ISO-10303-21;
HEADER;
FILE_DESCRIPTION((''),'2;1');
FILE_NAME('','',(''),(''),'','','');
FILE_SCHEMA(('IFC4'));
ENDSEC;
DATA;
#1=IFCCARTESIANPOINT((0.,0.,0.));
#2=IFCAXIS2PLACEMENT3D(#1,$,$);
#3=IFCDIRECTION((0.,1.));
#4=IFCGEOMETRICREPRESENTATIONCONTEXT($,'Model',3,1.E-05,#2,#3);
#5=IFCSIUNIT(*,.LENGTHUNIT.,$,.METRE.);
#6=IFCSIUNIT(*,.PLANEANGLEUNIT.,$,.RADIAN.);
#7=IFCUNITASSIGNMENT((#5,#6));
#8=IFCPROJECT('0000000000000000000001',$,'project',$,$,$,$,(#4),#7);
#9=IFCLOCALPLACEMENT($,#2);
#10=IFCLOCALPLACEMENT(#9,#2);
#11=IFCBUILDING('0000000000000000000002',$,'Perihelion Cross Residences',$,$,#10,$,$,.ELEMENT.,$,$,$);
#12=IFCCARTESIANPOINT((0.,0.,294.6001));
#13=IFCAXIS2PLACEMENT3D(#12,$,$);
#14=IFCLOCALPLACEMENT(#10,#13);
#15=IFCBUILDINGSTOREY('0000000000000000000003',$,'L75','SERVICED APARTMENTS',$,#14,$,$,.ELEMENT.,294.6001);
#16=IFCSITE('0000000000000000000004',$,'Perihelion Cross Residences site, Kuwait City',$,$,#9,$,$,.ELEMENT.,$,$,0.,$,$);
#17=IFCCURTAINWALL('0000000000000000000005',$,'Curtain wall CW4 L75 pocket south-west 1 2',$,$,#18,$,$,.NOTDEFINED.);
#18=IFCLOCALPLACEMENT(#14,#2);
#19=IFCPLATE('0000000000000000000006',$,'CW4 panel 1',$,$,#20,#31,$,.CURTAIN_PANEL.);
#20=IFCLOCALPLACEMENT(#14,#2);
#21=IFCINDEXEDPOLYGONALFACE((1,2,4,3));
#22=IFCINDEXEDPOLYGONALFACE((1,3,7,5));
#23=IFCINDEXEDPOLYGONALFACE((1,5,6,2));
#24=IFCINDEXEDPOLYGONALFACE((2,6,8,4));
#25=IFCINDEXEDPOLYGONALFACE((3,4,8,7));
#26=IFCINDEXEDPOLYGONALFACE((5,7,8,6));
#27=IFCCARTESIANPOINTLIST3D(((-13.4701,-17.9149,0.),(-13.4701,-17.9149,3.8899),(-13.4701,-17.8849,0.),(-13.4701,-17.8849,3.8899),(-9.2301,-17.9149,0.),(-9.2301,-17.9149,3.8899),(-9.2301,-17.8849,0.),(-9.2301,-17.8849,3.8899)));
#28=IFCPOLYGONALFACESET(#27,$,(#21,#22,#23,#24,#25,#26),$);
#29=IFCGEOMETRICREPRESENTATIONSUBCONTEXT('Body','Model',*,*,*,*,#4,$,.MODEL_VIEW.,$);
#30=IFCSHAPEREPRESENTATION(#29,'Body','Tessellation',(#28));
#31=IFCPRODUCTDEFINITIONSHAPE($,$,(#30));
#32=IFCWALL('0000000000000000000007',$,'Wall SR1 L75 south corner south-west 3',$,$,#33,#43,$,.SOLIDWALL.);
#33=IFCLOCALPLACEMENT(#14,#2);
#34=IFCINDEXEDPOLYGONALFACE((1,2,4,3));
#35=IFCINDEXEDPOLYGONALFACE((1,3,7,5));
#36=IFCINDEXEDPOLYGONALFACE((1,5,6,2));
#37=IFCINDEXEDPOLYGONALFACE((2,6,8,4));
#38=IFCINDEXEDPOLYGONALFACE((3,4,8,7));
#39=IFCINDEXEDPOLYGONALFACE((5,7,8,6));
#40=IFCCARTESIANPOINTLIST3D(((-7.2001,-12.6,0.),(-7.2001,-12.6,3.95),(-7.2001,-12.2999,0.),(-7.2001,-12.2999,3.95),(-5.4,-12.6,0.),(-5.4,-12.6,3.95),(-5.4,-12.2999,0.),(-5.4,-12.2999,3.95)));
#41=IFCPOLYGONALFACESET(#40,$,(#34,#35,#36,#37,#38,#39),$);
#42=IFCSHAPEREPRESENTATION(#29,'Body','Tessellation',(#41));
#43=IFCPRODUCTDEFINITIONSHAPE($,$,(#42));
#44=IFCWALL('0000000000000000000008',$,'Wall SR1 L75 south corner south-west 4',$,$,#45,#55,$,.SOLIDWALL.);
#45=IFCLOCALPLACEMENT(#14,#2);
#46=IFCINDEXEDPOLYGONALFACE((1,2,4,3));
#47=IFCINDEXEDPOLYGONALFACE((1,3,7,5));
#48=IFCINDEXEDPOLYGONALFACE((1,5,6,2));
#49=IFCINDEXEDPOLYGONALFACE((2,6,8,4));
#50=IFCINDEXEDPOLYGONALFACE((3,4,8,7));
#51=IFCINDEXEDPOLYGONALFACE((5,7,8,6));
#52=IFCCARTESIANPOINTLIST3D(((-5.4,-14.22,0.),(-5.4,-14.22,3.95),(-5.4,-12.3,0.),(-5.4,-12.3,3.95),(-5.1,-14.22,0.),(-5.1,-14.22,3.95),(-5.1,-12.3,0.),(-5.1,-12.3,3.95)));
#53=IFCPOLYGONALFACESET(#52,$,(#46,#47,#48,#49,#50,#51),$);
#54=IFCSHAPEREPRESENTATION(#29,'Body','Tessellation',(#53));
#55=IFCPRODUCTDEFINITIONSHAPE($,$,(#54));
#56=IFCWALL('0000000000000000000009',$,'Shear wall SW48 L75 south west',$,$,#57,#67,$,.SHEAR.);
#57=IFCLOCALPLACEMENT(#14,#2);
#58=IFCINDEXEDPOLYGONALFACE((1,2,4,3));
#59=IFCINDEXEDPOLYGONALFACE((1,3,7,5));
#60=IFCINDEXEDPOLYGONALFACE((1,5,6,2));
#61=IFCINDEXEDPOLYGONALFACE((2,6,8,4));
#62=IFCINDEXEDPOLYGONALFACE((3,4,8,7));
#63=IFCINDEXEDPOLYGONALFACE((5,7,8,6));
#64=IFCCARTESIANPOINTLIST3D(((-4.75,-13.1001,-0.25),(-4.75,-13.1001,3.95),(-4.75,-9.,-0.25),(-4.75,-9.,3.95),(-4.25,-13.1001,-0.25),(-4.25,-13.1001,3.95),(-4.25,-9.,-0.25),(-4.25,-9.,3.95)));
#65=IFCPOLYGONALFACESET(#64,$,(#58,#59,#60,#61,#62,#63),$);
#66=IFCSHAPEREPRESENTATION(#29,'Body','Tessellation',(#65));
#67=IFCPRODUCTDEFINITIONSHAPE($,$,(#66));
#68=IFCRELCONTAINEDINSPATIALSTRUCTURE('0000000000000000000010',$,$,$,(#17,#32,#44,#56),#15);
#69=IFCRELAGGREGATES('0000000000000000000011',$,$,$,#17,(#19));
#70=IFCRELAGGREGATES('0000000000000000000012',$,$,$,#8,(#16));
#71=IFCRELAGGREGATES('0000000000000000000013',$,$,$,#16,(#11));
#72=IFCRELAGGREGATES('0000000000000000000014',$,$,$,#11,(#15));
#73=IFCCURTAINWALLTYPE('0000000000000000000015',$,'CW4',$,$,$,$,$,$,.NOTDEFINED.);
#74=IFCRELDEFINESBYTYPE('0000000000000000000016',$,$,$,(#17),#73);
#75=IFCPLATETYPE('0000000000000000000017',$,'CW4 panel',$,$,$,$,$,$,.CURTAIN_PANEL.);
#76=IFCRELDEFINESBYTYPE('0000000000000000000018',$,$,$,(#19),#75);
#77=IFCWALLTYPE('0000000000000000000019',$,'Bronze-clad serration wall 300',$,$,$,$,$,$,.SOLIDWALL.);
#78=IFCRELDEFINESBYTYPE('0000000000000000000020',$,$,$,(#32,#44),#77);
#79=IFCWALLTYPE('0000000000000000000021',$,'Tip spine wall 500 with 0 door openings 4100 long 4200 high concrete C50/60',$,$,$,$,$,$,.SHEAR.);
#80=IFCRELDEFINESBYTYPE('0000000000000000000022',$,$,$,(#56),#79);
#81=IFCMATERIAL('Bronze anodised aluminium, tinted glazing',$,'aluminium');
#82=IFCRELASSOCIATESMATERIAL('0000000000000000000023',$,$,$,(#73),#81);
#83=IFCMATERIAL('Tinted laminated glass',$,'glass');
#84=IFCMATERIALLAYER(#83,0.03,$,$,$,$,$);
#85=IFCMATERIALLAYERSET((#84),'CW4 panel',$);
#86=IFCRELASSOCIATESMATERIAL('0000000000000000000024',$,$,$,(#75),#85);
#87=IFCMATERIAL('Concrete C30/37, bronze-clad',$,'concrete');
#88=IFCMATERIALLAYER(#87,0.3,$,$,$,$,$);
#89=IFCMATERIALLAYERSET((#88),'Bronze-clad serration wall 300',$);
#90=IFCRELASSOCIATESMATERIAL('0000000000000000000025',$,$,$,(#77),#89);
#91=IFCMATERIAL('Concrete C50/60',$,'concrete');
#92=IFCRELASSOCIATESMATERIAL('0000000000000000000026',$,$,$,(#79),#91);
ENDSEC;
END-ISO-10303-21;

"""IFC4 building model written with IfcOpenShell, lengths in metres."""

from ifc_helpers import new_model, si_unit, direction, frame, frame_2d, origin, origin_2d, place, context, subcontext, project, spatial, polyline, rectangle, outline, extrude, material, layer, layer_set, material_profile, profile_set, type_object, element, aggregate, save


model = new_model("IFC4")

# Units and contexts
model_context = context("Model", 3, precision=1e-05, world=origin(), true_north=direction((0.0, 1.0)))
body_context = subcontext(model_context, "Body", "Model", "MODEL_VIEW")
ifc_project = project(units=[si_unit("LENGTHUNIT", "METRE"), si_unit("PLANEANGLEUNIT", "RADIAN")], contexts=[model_context])

# Site, building, storey
site_placement = place(None, origin())
site = spatial("IfcSite", under=ifc_project, at=site_placement, Name="Perihelion Cross Residences site, Kuwait City", CompositionType="ELEMENT", RefElevation=0.0)
building_placement = place(site_placement, origin())
building = spatial("IfcBuilding", under=site, at=building_placement, Name="Perihelion Cross Residences", CompositionType="ELEMENT")
storey_placement = place(building_placement, frame((0.0, 0.0, 294.6001)))
storey = spatial("IfcBuildingStorey", under=building, at=storey_placement, Name="L75", Description="SERVICED APARTMENTS", CompositionType="ELEMENT", Elevation=294.6001)

# Shared definitions
ifc_material_1 = material(Name="Bronze anodised aluminium, tinted glazing", Category="aluminium")
curtain_wall_type_1 = type_object("IfcCurtainWallType", Name="CW4", PredefinedType="NOTDEFINED", material=ifc_material_1)

# Curtain wall
curtain_wall_1_placement = place(storey_placement, origin())
curtain_wall_1 = element("IfcCurtainWall", 1, at=curtain_wall_1_placement, inside=storey, type_object=curtain_wall_type_1, Name="Curtain wall CW4 L75 pocket south-west 1 2", PredefinedType="NOTDEFINED")

# Plate
ifc_material_2 = material(Name="Tinted laminated glass", Category="glass")
ifc_layer_1 = layer(ifc_material_2, 0.03)
ifc_layer_set_1 = layer_set([ifc_layer_1], Name="CW4 panel")
plate_type_1 = type_object("IfcPlateType", Name="CW4 panel", PredefinedType="CURTAIN_PANEL", material=ifc_layer_set_1)
plate_1_placement = place(storey_placement, frame((-11.3501, -17.8999, 0.0), z_axis=(0.0, 0.0, 1.0), x_axis=(-1.0, 0.0, 0.0)))
plate_1 = element("IfcPlate", 2, at=plate_1_placement, type_object=plate_type_1, Name="CW4 panel 1", PredefinedType="CURTAIN_PANEL", context=body_context, shape_type="SweptSolid", body=[
    extrude(rectangle(XDim=4.24, YDim=0.03, at=origin_2d()), origin(), (0.0, 0.0, 1.0), 3.8899),
])
aggregate(curtain_wall_1, [plate_1])

# Walls
ifc_material_3 = material(Name="Concrete C30/37, bronze-clad", Category="concrete")
ifc_layer_2 = layer(ifc_material_3, 0.3)
ifc_layer_set_2 = layer_set([ifc_layer_2], Name="Bronze-clad serration wall 300")
wall_type_1 = type_object("IfcWallType", Name="Bronze-clad serration wall 300", PredefinedType="SOLIDWALL", material=ifc_layer_set_2)
wall_1_placement = place(storey_placement, frame((-7.2, -12.45, 0.0), z_axis=(0.0, 0.0, 1.0), x_axis=(1.0, 0.0, 0.0)))
element("IfcWall", 3, at=wall_1_placement, inside=storey, type_object=wall_type_1, Name="Wall SR1 L75 south corner south-west 3", PredefinedType="SOLIDWALL", context=body_context, shape_type="SweptSolid", body=[
    extrude(rectangle(XDim=1.8, YDim=0.3, at=frame_2d((0.8999, 0.0))), origin(), (0.0, 0.0, 1.0), 3.95),
])
wall_2_placement = place(storey_placement, frame((-5.25, -12.3, 0.0), z_axis=(0.0, 0.0, 1.0), x_axis=(0.0, -1.0, 0.0)))
element("IfcWall", 4, at=wall_2_placement, inside=storey, type_object=wall_type_1, Name="Wall SR1 L75 south corner south-west 4", PredefinedType="SOLIDWALL", context=body_context, shape_type="SweptSolid", body=[
    extrude(rectangle(XDim=1.9199, YDim=0.3, at=frame_2d((0.96, 0.0))), origin(), (0.0, 0.0, 1.0), 3.95),
])
ifc_material_4 = material(Name="Concrete C50/60", Category="concrete")
ifc_material_profile_1 = material_profile(ifc_material_4, outline(polyline([(0.0, 0.0), (4.1001, 0.0), (4.1001, 4.2), (0.0, 4.2), (0.0, 0.0)])), Name="Tip spine wall")
ifc_profile_set_1 = profile_set([ifc_material_profile_1], Name="Concrete C50/60")
wall_type_2 = type_object("IfcWallType", Name="Tip spine wall 500 with 0 door openings 4100 long 4200 high concrete C50/60", PredefinedType="SHEAR", material=ifc_profile_set_1)
wall_3_placement = place(storey_placement, frame((-4.75, -13.1001, -0.25), z_axis=(1.0, 0.0, 0.0), x_axis=(0.0, 1.0, 0.0)))
element("IfcWall", 5, at=wall_3_placement, inside=storey, type_object=wall_type_2, Name="Shear wall SW48 L75 south west", PredefinedType="SHEAR", context=body_context, shape_type="SweptSolid", body=[
    extrude(outline(polyline([(0.0, 0.0), (4.1001, 0.0), (4.1001, 4.2), (0.0, 4.2), (0.0, 0.0)])), origin(), (0.0, 0.0, 1.0), 0.5),
])

save(model, "model.ifc")
